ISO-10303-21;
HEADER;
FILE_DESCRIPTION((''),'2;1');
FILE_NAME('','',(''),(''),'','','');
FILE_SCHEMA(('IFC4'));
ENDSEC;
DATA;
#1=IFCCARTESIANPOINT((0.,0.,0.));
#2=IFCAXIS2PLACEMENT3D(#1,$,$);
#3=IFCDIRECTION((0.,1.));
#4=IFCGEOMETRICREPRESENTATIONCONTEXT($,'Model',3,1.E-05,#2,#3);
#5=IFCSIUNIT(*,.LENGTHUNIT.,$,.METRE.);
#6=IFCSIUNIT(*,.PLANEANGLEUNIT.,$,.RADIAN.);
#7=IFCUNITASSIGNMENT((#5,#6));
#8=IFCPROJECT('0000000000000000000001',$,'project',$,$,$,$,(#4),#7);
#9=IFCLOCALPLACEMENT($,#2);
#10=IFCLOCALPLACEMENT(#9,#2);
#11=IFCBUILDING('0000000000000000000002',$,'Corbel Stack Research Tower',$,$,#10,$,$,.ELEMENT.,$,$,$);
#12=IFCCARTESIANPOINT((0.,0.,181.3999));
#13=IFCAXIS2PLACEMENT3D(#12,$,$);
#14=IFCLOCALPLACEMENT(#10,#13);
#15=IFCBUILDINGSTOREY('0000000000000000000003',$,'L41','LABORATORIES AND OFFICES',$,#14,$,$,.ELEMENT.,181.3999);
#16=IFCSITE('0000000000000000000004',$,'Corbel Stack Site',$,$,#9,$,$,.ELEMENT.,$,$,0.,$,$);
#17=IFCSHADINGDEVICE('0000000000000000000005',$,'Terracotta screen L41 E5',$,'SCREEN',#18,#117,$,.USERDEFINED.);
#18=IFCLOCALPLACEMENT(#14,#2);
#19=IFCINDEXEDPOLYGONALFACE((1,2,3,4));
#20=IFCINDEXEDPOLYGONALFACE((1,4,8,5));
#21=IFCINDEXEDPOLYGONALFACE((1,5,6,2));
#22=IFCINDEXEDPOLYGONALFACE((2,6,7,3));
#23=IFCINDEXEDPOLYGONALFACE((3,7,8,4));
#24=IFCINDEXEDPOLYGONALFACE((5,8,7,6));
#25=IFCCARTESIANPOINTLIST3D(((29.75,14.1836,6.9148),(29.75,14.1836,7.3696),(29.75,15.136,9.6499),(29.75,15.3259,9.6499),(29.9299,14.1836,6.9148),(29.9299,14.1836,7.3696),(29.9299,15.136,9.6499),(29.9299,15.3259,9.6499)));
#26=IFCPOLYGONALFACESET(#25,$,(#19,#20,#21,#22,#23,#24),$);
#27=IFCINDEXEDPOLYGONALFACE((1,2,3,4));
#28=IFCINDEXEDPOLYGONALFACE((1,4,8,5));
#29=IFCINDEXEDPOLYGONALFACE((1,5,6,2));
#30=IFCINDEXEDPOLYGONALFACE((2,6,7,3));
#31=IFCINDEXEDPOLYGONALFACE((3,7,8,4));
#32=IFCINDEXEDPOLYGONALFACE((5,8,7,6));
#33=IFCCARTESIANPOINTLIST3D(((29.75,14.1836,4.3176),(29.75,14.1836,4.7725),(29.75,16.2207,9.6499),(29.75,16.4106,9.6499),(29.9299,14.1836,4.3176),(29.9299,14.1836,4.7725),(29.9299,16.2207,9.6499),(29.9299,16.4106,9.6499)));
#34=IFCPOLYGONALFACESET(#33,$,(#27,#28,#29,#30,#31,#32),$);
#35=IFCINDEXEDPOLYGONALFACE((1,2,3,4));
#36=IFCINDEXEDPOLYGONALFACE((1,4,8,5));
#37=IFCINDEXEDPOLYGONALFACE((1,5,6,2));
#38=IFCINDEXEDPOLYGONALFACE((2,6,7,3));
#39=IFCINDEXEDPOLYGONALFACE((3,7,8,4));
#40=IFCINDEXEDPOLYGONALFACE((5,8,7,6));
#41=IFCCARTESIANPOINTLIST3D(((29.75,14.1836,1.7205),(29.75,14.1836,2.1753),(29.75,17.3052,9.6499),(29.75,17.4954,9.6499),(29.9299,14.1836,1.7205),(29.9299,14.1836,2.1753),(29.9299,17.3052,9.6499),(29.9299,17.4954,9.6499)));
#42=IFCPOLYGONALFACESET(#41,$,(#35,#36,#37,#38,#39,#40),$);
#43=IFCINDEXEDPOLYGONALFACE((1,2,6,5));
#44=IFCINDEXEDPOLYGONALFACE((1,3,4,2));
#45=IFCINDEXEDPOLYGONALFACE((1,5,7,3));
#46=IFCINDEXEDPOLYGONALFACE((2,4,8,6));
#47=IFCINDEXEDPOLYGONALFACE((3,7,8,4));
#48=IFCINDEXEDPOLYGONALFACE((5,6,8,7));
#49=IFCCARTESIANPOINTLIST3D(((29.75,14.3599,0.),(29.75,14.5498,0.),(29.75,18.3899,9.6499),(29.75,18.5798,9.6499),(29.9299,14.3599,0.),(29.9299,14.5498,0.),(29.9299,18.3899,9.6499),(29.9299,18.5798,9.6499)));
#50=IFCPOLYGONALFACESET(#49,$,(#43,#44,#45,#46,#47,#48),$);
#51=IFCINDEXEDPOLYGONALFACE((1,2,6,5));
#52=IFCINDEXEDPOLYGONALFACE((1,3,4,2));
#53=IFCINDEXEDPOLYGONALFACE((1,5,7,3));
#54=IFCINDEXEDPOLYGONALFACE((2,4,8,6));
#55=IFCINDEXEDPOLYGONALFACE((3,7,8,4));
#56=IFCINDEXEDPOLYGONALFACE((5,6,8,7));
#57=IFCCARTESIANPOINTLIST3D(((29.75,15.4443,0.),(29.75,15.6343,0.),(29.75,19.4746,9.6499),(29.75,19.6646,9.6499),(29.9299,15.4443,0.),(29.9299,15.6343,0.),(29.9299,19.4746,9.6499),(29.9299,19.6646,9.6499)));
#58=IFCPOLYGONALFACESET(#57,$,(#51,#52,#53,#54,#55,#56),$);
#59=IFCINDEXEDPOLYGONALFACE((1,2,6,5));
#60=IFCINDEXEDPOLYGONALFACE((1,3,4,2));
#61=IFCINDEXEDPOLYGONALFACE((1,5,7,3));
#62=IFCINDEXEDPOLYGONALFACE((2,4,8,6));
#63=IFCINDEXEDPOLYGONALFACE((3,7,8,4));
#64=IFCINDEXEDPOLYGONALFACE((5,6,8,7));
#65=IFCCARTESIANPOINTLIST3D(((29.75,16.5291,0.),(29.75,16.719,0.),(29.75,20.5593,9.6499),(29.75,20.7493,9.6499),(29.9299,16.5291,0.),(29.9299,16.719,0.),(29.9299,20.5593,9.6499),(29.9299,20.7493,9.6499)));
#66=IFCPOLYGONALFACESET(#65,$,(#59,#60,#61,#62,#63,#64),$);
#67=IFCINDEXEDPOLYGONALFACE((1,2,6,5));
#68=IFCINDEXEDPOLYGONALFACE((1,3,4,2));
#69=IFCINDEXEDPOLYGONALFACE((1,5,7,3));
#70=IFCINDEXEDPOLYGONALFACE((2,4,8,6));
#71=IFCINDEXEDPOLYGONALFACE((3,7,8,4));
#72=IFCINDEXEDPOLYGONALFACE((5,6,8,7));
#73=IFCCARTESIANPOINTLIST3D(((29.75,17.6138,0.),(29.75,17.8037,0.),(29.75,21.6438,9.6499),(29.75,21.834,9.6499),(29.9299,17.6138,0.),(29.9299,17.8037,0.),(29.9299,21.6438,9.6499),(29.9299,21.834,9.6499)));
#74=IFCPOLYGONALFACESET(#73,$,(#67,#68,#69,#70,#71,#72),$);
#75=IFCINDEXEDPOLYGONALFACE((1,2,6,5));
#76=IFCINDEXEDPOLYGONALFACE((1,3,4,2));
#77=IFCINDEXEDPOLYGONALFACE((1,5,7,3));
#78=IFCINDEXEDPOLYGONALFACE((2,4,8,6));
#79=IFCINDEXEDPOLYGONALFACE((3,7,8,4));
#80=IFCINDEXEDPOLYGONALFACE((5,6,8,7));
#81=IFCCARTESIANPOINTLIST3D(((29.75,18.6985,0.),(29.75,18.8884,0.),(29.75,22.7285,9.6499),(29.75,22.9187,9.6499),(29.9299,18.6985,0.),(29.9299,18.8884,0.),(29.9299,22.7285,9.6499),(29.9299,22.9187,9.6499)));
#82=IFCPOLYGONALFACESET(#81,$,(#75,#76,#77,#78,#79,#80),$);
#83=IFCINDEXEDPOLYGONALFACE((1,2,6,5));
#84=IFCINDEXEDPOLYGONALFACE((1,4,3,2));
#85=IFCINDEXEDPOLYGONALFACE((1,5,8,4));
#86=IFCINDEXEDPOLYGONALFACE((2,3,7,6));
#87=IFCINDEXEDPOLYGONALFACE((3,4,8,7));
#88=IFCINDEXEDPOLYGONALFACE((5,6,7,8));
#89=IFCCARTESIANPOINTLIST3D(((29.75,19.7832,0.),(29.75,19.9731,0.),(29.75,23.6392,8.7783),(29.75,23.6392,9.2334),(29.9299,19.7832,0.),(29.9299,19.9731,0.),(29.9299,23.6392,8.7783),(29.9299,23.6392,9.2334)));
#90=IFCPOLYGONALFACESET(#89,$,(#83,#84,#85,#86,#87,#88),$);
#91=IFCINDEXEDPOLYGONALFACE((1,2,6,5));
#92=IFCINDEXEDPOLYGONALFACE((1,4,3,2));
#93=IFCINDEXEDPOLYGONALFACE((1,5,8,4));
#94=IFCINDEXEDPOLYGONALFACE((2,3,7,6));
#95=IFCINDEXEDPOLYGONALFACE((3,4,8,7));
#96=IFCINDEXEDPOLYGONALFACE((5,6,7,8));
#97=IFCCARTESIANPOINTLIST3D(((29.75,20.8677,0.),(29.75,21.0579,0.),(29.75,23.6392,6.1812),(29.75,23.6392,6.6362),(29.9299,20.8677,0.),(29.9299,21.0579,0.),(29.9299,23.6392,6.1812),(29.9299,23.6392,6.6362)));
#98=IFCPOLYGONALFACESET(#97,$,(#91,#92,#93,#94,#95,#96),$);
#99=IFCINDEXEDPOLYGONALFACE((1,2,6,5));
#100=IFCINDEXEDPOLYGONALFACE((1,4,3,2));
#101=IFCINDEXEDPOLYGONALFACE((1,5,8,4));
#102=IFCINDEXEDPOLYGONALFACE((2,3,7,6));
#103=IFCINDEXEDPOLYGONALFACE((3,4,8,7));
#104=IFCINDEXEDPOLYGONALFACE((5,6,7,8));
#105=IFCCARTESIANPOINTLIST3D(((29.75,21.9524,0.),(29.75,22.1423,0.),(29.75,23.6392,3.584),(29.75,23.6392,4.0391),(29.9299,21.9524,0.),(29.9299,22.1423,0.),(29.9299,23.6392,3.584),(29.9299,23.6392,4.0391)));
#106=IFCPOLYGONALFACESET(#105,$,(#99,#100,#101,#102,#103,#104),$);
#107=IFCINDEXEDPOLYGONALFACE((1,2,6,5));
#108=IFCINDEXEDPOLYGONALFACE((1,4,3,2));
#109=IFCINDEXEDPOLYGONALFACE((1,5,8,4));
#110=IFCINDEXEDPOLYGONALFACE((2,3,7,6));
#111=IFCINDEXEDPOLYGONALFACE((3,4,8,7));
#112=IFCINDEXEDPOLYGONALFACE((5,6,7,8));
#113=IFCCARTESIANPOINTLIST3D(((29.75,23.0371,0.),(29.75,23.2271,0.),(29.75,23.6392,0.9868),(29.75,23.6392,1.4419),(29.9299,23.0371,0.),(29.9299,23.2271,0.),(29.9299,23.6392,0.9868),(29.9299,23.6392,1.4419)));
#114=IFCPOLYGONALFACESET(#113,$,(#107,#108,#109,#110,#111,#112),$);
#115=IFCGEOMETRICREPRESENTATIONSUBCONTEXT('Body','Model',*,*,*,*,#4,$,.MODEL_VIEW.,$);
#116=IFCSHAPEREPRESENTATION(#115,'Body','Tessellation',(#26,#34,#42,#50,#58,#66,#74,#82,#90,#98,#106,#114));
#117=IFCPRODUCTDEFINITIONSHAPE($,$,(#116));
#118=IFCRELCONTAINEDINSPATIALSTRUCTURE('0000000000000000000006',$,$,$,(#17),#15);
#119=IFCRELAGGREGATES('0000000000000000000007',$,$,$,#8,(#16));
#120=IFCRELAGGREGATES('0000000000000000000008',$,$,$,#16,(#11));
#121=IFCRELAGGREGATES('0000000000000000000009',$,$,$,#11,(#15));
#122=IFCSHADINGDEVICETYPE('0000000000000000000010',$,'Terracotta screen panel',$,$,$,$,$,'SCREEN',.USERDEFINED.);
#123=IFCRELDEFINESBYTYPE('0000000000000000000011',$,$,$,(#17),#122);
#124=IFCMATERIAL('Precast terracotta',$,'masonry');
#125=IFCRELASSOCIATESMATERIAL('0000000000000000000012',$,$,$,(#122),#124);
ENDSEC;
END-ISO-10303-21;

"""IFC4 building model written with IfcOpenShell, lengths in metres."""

from ifc_helpers import new_model, si_unit, direction, frame, origin, place, context, subcontext, project, spatial, polyline, outline, extrude, source, transform, mapped, material, type_object, element, save


model = new_model("IFC4")

# Units and contexts
model_context = context("Model", 3, precision=1e-05, world=origin(), true_north=direction((0.0, 1.0)))
body_context = subcontext(model_context, "Body", "Model", "MODEL_VIEW")
ifc_project = project(units=[si_unit("LENGTHUNIT", "METRE"), si_unit("PLANEANGLEUNIT", "RADIAN")], contexts=[model_context])

# Site, building, storey
site_placement = place(None, origin())
site = spatial("IfcSite", under=ifc_project, at=site_placement, Name="Corbel Stack Site", CompositionType="ELEMENT", RefElevation=0.0)
building_placement = place(site_placement, origin())
building = spatial("IfcBuilding", under=site, at=building_placement, Name="Corbel Stack Research Tower", CompositionType="ELEMENT")
storey_placement = place(building_placement, frame((0.0, 0.0, 181.3999)))
storey = spatial("IfcBuildingStorey", under=building, at=storey_placement, Name="L41", Description="LABORATORIES AND OFFICES", CompositionType="ELEMENT", Elevation=181.3999)

# Shading device
ifc_material_1 = material(Name="Precast terracotta", Category="masonry")
shading_device_type = type_object("IfcShadingDeviceType", Name="Terracotta screen panel", ElementType="SCREEN", PredefinedType="USERDEFINED", material=ifc_material_1)
shared_shape_1 = source(origin(), body_context, "Body", "SweptSolid", [
    extrude(outline(polyline([(1.1423, 9.6499), (0.9524, 9.6499), (0.0, 7.3696), (0.0, 6.9148), (1.1423, 9.6499)])), frame((0.0, 0.0, 0.0), z_axis=(0.0, -1.0, 0.0), x_axis=(1.0, 0.0, 0.0)), (0.0, 0.0, 1.0), 0.1799),
    extrude(outline(polyline([(2.2271, 9.6499), (2.0371, 9.6499), (0.0, 4.7725), (0.0, 4.3176), (2.2271, 9.6499)])), frame((0.0, 0.0, 0.0), z_axis=(0.0, -1.0, 0.0), x_axis=(1.0, 0.0, 0.0)), (0.0, 0.0, 1.0), 0.1799),
    extrude(outline(polyline([(3.3118, 9.6499), (3.1216, 9.6499), (0.0, 2.1753), (0.0, 1.7205), (3.3118, 9.6499)])), frame((0.0, 0.0, 0.0), z_axis=(0.0, -1.0, 0.0), x_axis=(1.0, 0.0, 0.0)), (0.0, 0.0, 1.0), 0.1799),
    extrude(outline(polyline([(0.3662, 0.0), (4.3962, 9.6499), (4.2063, 9.6499), (0.1763, 0.0), (0.3662, 0.0)])), frame((0.0, 0.0, 0.0), z_axis=(0.0, -1.0, 0.0), x_axis=(1.0, 0.0, 0.0)), (0.0, 0.0, 1.0), 0.1799),
    extrude(outline(polyline([(1.4507, 0.0), (5.481, 9.6499), (5.291, 9.6499), (1.2607, 0.0), (1.4507, 0.0)])), frame((0.0, 0.0, 0.0), z_axis=(0.0, -1.0, 0.0), x_axis=(1.0, 0.0, 0.0)), (0.0, 0.0, 1.0), 0.1799),
    extrude(outline(polyline([(2.5354, 0.0), (6.5657, 9.6499), (6.3757, 9.6499), (2.3455, 0.0), (2.5354, 0.0)])), frame((0.0, 0.0, 0.0), z_axis=(0.0, -1.0, 0.0), x_axis=(1.0, 0.0, 0.0)), (0.0, 0.0, 1.0), 0.1799),
    extrude(outline(polyline([(3.6201, 0.0), (7.6504, 9.6499), (7.4602, 9.6499), (3.4302, 0.0), (3.6201, 0.0)])), frame((0.0, 0.0, 0.0), z_axis=(0.0, -1.0, 0.0), x_axis=(1.0, 0.0, 0.0)), (0.0, 0.0, 1.0), 0.1799),
    extrude(outline(polyline([(4.7048, 0.0), (8.7351, 9.6499), (8.5449, 9.6499), (4.5149, 0.0), (4.7048, 0.0)])), frame((0.0, 0.0, 0.0), z_axis=(0.0, -1.0, 0.0), x_axis=(1.0, 0.0, 0.0)), (0.0, 0.0, 1.0), 0.1799),
    extrude(outline(polyline([(5.7896, 0.0), (9.4556, 8.7783), (9.4556, 9.2334), (5.5996, 0.0), (5.7896, 0.0)])), frame((0.0, 0.0, 0.0), z_axis=(0.0, -1.0, 0.0), x_axis=(1.0, 0.0, 0.0)), (0.0, 0.0, 1.0), 0.1799),
    extrude(outline(polyline([(6.8743, 0.0), (9.4556, 6.1812), (9.4556, 6.6362), (6.6841, 0.0), (6.8743, 0.0)])), frame((0.0, 0.0, 0.0), z_axis=(0.0, -1.0, 0.0), x_axis=(1.0, 0.0, 0.0)), (0.0, 0.0, 1.0), 0.1799),
    extrude(outline(polyline([(7.9587, 0.0), (9.4556, 3.584), (9.4556, 4.0391), (7.7688, 0.0), (7.9587, 0.0)])), frame((0.0, 0.0, 0.0), z_axis=(0.0, -1.0, 0.0), x_axis=(1.0, 0.0, 0.0)), (0.0, 0.0, 1.0), 0.1799),
    extrude(outline(polyline([(9.0435, 0.0), (9.4556, 0.9868), (9.4556, 1.4419), (8.8535, 0.0), (9.0435, 0.0)])), frame((0.0, 0.0, 0.0), z_axis=(0.0, -1.0, 0.0), x_axis=(1.0, 0.0, 0.0)), (0.0, 0.0, 1.0), 0.1799),
])
shading_device_1_placement = place(storey_placement, frame((29.75, 14.1836, 0.0), z_axis=(0.0, 0.0, 1.0), x_axis=(0.0, 1.0, 0.0)))
element("IfcShadingDevice", 1, at=shading_device_1_placement, inside=storey, type_object=shading_device_type, Name="Terracotta screen L41 E5", ObjectType="SCREEN", PredefinedType="USERDEFINED", context=body_context, shape_type="MappedRepresentation", body=[
    mapped(shared_shape_1, transform((0.0, 0.0, 0.0))),
])

save(model, "model.ifc")
